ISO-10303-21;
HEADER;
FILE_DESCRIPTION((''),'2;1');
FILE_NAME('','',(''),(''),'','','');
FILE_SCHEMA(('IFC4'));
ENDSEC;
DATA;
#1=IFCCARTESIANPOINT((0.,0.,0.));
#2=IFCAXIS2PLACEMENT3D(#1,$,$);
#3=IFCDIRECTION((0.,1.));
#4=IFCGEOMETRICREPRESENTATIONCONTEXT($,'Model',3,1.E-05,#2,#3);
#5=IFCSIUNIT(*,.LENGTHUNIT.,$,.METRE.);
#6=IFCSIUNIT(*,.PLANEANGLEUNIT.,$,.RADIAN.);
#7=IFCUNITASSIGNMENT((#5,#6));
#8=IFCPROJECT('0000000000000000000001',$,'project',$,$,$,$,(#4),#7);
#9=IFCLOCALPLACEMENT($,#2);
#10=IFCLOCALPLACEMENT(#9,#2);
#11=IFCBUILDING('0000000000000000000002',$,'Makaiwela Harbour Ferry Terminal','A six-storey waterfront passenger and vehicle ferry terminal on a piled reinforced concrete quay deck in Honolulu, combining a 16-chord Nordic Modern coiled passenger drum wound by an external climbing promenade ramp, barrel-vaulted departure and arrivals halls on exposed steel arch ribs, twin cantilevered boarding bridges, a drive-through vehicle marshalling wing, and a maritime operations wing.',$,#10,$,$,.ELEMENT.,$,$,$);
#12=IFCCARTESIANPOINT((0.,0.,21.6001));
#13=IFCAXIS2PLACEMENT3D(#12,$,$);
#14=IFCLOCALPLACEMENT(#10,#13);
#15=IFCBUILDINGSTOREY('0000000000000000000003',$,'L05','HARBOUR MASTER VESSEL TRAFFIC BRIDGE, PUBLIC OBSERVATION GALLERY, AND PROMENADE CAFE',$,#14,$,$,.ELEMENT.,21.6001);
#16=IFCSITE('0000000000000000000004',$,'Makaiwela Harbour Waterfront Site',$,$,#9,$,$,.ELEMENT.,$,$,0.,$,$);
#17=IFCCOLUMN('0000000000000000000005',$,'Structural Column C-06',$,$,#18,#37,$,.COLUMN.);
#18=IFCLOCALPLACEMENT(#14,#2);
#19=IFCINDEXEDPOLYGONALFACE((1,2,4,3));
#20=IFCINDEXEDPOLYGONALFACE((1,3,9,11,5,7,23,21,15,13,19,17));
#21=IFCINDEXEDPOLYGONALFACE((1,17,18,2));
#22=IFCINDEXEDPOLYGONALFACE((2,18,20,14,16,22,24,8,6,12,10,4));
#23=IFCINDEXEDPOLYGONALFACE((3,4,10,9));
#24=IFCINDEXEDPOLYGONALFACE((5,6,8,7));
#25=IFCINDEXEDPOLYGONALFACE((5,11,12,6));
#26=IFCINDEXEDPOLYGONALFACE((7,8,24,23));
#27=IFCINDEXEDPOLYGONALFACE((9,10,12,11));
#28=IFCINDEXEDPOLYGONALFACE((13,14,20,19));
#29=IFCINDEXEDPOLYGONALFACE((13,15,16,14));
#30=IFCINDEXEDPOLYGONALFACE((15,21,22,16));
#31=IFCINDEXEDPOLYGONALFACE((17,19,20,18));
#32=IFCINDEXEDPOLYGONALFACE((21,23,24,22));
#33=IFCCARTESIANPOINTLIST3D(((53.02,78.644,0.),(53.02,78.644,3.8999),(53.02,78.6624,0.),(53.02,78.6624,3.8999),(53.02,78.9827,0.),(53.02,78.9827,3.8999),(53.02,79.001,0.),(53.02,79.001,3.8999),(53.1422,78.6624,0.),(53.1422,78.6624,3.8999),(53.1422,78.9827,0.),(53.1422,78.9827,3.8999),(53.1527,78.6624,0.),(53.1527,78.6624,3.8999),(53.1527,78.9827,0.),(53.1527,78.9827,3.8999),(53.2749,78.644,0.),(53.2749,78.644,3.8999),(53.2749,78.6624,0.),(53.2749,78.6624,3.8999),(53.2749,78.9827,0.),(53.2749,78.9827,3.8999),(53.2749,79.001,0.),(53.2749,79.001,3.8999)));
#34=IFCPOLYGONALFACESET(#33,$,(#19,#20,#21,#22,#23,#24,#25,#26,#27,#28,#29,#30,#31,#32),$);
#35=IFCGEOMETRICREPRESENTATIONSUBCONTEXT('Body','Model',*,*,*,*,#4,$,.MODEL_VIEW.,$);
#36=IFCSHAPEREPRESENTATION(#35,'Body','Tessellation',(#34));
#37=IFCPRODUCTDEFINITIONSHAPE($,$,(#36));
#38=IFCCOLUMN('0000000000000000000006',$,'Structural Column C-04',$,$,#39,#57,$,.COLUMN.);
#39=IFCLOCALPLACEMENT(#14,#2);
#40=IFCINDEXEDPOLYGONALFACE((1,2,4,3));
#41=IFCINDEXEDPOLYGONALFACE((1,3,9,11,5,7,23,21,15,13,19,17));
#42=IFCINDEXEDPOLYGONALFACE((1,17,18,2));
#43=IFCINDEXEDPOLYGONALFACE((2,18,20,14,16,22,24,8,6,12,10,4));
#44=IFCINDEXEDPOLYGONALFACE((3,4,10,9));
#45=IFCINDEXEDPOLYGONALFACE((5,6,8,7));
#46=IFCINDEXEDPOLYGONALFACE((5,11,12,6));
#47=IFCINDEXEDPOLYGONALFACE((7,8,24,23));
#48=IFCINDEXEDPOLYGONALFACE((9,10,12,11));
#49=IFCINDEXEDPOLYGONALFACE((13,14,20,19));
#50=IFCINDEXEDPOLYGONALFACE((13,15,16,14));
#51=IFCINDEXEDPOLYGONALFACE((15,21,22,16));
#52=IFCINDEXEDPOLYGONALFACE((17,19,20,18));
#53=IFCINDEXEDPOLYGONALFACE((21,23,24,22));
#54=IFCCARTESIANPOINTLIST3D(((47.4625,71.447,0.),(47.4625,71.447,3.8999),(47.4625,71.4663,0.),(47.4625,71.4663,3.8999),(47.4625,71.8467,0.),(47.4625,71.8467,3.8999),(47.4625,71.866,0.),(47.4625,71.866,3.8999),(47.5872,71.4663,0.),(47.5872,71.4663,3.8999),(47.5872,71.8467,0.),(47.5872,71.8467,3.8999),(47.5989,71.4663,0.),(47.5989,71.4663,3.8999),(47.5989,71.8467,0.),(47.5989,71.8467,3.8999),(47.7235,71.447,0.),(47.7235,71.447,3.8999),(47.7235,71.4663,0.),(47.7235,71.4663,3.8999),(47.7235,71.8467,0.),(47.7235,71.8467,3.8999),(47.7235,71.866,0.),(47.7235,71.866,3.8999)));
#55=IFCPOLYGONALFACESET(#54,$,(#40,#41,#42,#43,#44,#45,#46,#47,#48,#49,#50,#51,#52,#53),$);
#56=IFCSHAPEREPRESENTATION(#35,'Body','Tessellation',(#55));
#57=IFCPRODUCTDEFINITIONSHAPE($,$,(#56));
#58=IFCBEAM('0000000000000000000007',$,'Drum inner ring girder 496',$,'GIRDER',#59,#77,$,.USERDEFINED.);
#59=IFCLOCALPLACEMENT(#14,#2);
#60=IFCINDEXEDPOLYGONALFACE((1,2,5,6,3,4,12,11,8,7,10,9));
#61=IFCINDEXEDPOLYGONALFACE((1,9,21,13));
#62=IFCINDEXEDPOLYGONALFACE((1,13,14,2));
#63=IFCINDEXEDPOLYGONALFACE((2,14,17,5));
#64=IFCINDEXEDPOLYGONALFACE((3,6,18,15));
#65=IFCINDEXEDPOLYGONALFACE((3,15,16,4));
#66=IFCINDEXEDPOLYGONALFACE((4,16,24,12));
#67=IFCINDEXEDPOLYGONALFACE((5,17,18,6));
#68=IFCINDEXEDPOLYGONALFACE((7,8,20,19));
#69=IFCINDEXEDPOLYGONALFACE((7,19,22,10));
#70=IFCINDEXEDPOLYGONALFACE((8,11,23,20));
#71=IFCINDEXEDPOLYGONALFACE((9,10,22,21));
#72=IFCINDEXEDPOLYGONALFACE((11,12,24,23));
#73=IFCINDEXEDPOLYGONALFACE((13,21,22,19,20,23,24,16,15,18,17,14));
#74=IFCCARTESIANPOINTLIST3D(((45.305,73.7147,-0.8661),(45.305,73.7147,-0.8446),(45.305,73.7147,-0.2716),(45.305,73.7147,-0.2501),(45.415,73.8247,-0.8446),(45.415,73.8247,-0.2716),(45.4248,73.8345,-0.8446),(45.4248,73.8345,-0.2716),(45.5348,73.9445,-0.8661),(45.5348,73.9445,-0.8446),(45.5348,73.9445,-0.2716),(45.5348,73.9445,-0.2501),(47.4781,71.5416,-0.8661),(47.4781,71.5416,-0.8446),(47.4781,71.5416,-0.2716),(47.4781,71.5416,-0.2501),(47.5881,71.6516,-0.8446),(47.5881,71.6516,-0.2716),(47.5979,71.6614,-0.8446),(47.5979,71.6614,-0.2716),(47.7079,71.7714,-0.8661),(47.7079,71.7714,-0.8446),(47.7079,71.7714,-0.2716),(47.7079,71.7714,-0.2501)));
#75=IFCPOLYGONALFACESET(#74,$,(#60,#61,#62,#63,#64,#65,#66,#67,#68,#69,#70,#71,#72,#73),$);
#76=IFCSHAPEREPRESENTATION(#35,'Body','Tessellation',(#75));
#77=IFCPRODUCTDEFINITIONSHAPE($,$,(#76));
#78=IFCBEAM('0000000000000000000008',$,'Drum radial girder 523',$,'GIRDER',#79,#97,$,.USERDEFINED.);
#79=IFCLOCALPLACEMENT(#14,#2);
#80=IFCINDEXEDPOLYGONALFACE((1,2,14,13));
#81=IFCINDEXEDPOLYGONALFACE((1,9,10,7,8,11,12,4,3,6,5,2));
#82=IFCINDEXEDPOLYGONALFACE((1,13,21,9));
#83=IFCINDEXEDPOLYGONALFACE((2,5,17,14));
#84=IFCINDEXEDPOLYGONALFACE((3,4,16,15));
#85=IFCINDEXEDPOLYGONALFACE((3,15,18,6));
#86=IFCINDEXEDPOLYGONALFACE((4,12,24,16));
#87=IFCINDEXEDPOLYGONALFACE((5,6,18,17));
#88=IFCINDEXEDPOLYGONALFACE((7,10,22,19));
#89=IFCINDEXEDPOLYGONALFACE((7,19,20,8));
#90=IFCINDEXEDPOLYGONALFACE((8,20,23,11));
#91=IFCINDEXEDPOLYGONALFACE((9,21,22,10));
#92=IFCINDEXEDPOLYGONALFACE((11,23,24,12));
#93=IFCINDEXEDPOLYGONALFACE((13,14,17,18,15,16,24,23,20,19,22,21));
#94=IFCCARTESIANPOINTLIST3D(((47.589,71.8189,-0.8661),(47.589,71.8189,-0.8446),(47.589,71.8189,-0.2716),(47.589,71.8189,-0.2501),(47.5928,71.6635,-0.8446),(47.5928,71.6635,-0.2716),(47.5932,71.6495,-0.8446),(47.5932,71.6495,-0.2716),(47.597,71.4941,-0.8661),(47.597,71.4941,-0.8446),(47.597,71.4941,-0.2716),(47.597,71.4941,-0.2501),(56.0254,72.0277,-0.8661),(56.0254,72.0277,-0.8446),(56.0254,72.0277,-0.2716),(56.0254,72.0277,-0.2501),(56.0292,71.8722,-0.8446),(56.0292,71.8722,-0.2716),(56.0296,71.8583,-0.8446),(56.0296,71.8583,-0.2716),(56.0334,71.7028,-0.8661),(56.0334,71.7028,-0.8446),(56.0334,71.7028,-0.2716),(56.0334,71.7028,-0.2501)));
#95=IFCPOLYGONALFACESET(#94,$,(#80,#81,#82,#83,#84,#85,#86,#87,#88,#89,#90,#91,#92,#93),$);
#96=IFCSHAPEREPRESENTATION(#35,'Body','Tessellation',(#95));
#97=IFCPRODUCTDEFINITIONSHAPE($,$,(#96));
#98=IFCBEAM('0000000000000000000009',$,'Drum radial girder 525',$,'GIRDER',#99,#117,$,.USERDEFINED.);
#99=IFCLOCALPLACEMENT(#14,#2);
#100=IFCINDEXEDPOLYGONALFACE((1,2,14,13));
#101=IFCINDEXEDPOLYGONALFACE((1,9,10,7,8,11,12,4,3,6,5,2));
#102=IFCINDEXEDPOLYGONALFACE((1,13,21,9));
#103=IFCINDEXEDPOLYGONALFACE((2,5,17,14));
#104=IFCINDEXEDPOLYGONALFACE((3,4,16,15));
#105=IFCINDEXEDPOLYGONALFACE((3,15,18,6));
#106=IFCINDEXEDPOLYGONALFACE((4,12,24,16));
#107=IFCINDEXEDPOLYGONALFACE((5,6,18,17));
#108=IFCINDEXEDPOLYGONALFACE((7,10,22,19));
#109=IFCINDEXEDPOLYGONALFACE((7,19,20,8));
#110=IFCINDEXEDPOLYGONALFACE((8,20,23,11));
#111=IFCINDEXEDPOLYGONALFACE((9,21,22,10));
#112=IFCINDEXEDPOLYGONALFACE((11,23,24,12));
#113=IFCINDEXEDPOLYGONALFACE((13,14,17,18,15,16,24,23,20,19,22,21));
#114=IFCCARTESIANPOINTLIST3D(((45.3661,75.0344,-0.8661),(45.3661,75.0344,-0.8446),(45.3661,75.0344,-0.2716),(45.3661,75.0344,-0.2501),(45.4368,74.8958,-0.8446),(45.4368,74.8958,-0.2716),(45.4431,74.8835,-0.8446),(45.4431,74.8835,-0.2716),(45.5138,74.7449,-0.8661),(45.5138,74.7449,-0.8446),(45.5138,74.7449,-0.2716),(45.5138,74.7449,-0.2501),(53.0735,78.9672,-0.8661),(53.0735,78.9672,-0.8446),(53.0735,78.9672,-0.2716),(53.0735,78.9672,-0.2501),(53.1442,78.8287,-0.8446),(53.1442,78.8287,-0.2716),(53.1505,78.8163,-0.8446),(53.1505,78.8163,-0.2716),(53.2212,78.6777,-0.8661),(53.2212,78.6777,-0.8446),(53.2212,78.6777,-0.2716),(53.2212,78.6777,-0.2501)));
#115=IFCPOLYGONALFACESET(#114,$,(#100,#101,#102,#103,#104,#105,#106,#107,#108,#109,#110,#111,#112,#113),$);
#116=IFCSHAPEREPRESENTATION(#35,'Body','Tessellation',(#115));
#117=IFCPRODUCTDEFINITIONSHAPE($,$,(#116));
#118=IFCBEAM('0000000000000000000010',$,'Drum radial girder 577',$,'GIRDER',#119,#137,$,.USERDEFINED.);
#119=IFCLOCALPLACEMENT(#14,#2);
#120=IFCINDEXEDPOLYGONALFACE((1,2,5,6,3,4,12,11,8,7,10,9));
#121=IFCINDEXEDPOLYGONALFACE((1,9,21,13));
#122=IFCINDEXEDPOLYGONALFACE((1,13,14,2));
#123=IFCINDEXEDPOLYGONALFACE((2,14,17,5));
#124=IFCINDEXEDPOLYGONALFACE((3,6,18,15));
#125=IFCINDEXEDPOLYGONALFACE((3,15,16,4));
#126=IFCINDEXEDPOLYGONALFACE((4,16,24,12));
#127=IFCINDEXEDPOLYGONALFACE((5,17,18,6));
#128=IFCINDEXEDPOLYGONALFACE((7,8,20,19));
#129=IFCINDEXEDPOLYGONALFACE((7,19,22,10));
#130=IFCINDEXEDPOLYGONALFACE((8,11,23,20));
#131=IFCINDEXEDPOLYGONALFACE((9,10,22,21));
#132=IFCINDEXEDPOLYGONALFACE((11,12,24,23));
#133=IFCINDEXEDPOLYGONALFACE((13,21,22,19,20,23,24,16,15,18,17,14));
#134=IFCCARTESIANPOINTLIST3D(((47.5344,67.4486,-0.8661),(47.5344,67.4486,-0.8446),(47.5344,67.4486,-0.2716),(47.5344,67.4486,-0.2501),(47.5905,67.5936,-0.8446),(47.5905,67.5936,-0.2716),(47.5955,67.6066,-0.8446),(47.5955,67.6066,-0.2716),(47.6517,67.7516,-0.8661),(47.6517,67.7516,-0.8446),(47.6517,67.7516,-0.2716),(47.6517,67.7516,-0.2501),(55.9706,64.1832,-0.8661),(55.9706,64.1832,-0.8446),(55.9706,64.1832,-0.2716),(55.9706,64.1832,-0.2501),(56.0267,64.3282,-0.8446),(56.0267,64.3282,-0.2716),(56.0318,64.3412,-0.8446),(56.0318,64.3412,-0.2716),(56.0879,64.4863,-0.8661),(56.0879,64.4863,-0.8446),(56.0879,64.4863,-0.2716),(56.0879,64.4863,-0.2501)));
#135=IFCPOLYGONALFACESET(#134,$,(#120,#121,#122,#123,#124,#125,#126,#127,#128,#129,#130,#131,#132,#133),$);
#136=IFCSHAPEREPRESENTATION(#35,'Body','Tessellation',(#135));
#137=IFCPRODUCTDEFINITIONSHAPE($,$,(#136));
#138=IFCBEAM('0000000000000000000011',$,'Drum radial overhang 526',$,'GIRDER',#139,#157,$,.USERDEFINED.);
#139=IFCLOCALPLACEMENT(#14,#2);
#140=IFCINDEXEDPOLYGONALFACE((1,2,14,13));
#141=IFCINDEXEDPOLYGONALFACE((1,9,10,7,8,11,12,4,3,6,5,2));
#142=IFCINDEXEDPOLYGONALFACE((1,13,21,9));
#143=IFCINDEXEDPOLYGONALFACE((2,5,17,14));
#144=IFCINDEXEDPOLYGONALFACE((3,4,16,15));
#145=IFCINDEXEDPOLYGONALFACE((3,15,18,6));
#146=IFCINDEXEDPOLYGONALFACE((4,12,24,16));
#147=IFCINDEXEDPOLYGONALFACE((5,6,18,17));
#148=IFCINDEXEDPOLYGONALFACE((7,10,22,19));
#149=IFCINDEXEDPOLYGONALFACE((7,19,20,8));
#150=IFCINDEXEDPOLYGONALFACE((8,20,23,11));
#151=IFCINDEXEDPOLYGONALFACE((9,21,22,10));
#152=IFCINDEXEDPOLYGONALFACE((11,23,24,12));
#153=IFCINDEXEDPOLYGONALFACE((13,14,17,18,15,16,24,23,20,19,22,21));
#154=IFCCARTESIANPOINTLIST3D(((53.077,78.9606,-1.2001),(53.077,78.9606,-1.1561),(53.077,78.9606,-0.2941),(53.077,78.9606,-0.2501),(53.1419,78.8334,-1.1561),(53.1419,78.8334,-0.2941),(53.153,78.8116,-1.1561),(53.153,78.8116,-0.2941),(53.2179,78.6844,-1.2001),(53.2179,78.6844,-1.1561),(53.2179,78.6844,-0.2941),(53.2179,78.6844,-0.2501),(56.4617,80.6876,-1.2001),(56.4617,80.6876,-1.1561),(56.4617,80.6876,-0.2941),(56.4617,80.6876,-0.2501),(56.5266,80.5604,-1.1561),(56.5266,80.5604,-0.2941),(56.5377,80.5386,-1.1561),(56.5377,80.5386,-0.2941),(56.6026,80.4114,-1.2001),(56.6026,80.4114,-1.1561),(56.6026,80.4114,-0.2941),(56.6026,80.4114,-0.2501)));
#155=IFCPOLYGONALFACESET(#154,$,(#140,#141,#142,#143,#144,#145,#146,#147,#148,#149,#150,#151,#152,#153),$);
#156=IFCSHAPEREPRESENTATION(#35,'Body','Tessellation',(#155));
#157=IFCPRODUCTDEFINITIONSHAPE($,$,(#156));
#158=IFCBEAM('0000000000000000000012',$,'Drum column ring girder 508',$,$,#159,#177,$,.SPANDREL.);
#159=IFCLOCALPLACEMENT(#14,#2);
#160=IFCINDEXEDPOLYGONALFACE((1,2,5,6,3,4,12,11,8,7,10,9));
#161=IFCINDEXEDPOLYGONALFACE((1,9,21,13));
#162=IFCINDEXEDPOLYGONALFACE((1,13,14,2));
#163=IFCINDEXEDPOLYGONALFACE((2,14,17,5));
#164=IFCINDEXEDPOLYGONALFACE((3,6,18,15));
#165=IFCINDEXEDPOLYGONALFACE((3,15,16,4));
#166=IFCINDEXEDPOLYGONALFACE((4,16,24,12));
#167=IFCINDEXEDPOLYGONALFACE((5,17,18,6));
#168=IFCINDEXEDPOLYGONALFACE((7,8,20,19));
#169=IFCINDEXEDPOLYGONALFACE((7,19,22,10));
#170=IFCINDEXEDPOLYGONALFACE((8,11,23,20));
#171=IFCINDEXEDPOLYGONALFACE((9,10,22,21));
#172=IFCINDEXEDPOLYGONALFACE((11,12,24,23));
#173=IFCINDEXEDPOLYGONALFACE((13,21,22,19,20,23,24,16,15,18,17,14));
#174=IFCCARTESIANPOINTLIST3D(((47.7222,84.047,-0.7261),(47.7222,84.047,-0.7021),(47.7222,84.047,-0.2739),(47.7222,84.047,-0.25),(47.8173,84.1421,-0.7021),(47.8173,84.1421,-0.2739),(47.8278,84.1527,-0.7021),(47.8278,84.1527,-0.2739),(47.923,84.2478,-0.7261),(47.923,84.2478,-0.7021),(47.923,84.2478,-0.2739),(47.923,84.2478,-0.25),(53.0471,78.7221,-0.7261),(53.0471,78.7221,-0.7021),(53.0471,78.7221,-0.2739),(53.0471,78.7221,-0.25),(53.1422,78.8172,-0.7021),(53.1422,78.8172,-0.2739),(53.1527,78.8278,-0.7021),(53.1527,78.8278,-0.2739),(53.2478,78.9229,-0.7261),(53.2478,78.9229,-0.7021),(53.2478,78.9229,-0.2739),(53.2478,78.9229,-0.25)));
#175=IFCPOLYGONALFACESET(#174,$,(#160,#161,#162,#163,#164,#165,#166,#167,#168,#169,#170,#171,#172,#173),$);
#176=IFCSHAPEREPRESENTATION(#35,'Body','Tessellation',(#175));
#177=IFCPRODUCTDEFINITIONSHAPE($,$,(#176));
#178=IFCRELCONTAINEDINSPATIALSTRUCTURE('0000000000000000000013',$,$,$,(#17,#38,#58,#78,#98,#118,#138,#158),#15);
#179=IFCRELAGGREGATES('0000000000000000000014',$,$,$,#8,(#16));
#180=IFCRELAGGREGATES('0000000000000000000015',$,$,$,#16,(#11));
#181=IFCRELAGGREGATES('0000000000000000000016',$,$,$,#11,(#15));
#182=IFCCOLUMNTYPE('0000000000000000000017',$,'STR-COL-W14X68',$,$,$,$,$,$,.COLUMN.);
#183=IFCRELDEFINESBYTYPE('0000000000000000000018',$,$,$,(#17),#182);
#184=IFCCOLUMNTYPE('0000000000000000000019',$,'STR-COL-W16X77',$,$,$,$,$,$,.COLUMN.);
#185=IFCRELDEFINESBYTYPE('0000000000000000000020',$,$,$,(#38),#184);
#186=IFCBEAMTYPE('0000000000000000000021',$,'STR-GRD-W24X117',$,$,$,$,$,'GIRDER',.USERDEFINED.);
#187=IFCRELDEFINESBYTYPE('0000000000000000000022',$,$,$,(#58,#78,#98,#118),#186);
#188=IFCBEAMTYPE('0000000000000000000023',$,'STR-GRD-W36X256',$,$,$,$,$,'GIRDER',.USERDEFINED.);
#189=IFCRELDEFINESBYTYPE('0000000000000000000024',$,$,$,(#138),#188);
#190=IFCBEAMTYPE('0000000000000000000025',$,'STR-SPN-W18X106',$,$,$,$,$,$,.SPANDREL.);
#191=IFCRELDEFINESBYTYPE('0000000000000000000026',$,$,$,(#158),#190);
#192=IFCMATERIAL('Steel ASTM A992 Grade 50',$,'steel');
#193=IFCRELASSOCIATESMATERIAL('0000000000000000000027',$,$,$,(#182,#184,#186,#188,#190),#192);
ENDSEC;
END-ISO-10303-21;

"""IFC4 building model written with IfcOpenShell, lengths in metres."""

from ifc_helpers import new_model, si_unit, direction, frame, origin, origin_2d, place, context, subcontext, project, spatial, i_section, extrude, material, material_profile, profile_set, type_object, element, save


model = new_model("IFC4")

# Units and contexts
model_context = context("Model", 3, precision=1e-05, world=origin(), true_north=direction((0.0, 1.0)))
body_context = subcontext(model_context, "Body", "Model", "MODEL_VIEW")
ifc_project = project(units=[si_unit("LENGTHUNIT", "METRE"), si_unit("PLANEANGLEUNIT", "RADIAN")], contexts=[model_context])

# Site, building, storey
site_placement = place(None, origin())
site = spatial("IfcSite", under=ifc_project, at=site_placement, Name="Makaiwela Harbour Waterfront Site", CompositionType="ELEMENT", RefElevation=0.0)
building_placement = place(site_placement, origin())
building = spatial("IfcBuilding", under=site, at=building_placement, Name="Makaiwela Harbour Ferry Terminal", Description="A six-storey waterfront passenger and vehicle ferry terminal on a piled reinforced concrete quay deck in Honolulu, combining a 16-chord Nordic Modern coiled passenger drum wound by an external climbing promenade ramp, barrel-vaulted departure and arrivals halls on exposed steel arch ribs, twin cantilevered boarding bridges, a drive-through vehicle marshalling wing, and a maritime operations wing.", CompositionType="ELEMENT")
storey_placement = place(building_placement, frame((0.0, 0.0, 21.6001)))
storey = spatial("IfcBuildingStorey", under=building, at=storey_placement, Name="L05", Description="HARBOUR MASTER VESSEL TRAFFIC BRIDGE, PUBLIC OBSERVATION GALLERY, AND PROMENADE CAFE", CompositionType="ELEMENT", Elevation=21.6001)

# Columns
ifc_material_1 = material(Name="Steel ASTM A992 Grade 50", Category="steel")
ifc_material_profile_1 = material_profile(ifc_material_1, i_section(OverallWidth=0.2549, OverallDepth=0.3569, WebThickness=0.0105, FlangeThickness=0.0183, at=origin_2d()), Name="W14X68")
ifc_profile_set_1 = profile_set([ifc_material_profile_1], Name="Steel ASTM A992 Grade 50")
column_type_1 = type_object("IfcColumnType", Name="STR-COL-W14X68", PredefinedType="COLUMN", material=ifc_profile_set_1)
column_1_placement = place(storey_placement, frame((53.1475, 78.8225, 0.0), z_axis=(0.0, 0.0, 1.0), x_axis=(1.0, 0.0, 0.0)))
element("IfcColumn", 1, at=column_1_placement, inside=storey, type_object=column_type_1, Name="Structural Column C-06", PredefinedType="COLUMN", context=body_context, shape_type="SweptSolid", body=[
    extrude(i_section(OverallWidth=0.2549, OverallDepth=0.3569, WebThickness=0.0105, FlangeThickness=0.0183, at=origin_2d()), origin(), (0.0, 0.0, 1.0), 3.8999),
])
ifc_material_profile_2 = material_profile(ifc_material_1, i_section(OverallWidth=0.261, OverallDepth=0.4189, WebThickness=0.0117, FlangeThickness=0.0193, at=origin_2d()), Name="W16X77")
ifc_profile_set_2 = profile_set([ifc_material_profile_2], Name="Steel ASTM A992 Grade 50")
column_type_2 = type_object("IfcColumnType", Name="STR-COL-W16X77", PredefinedType="COLUMN", material=ifc_profile_set_2)
column_2_placement = place(storey_placement, frame((47.593, 71.6565, 0.0), z_axis=(0.0, 0.0, 1.0), x_axis=(1.0, 0.0, 0.0)))
element("IfcColumn", 2, at=column_2_placement, inside=storey, type_object=column_type_2, Name="Structural Column C-04", PredefinedType="COLUMN", context=body_context, shape_type="SweptSolid", body=[
    extrude(i_section(OverallWidth=0.261, OverallDepth=0.4189, WebThickness=0.0117, FlangeThickness=0.0193, at=origin_2d()), origin(), (0.0, 0.0, 1.0), 3.8999),
])

# Beams
ifc_material_profile_3 = material_profile(ifc_material_1, i_section(OverallWidth=0.325, OverallDepth=0.616, WebThickness=0.0139, FlangeThickness=0.0215, at=origin_2d()), Name="W24X117")
ifc_profile_set_3 = profile_set([ifc_material_profile_3], Name="Steel ASTM A992 Grade 50")
beam_type_1 = type_object("IfcBeamType", Name="STR-GRD-W24X117", ElementType="GIRDER", PredefinedType="USERDEFINED", material=ifc_profile_set_3)
beam_1_placement = place(storey_placement, frame((47.593, 71.6565, -0.5581), z_axis=(-0.707107, 0.707107, 0.0), x_axis=(-0.707107, -0.707107, 0.0)))
element("IfcBeam", 3, at=beam_1_placement, inside=storey, type_object=beam_type_1, Name="Drum inner ring girder 496", ObjectType="GIRDER", PredefinedType="USERDEFINED", context=body_context, shape_type="SweptSolid", body=[
    extrude(i_section(OverallWidth=0.325, OverallDepth=0.616, WebThickness=0.0139, FlangeThickness=0.0215, at=origin_2d()), origin(), (0.0, 0.0, 1.0), 3.0732),
])
beam_2_placement = place(storey_placement, frame((47.593, 71.6565, -0.5581), z_axis=(0.999694, 0.024736, 0.0), x_axis=(-0.024736, 0.999694, 0.0)))
element("IfcBeam", 4, at=beam_2_placement, inside=storey, type_object=beam_type_1, Name="Drum radial girder 523", ObjectType="GIRDER", PredefinedType="USERDEFINED", context=body_context, shape_type="SweptSolid", body=[
    extrude(i_section(OverallWidth=0.325, OverallDepth=0.616, WebThickness=0.0139, FlangeThickness=0.0215, at=origin_2d()), origin(), (0.0, 0.0, 1.0), 8.439),
])
beam_3_placement = place(storey_placement, frame((45.4399, 74.8896, -0.5581), z_axis=(0.890741, 0.454512, 0.0), x_axis=(-0.454512, 0.890741, 0.0)))
element("IfcBeam", 5, at=beam_3_placement, inside=storey, type_object=beam_type_1, Name="Drum radial girder 525", ObjectType="GIRDER", PredefinedType="USERDEFINED", context=body_context, shape_type="SweptSolid", body=[
    extrude(i_section(OverallWidth=0.325, OverallDepth=0.616, WebThickness=0.0139, FlangeThickness=0.0215, at=origin_2d()), origin(), (0.0, 0.0, 1.0), 8.6528),
])
beam_4_placement = place(storey_placement, frame((47.593, 67.6001, -0.5581), z_axis=(0.932578, -0.360968, 0.0), x_axis=(0.360968, 0.932578, 0.0)))
element("IfcBeam", 6, at=beam_4_placement, inside=storey, type_object=beam_type_1, Name="Drum radial girder 577", ObjectType="GIRDER", PredefinedType="USERDEFINED", context=body_context, shape_type="SweptSolid", body=[
    extrude(i_section(OverallWidth=0.325, OverallDepth=0.616, WebThickness=0.0139, FlangeThickness=0.0215, at=origin_2d()), origin(), (0.0, 0.0, 1.0), 9.0461),
])
ifc_material_profile_4 = material_profile(ifc_material_1, i_section(OverallWidth=0.3101, OverallDepth=0.95, WebThickness=0.0244, FlangeThickness=0.0439, at=origin_2d()), Name="W36X256")
ifc_profile_set_4 = profile_set([ifc_material_profile_4], Name="Steel ASTM A992 Grade 50")
beam_type_2 = type_object("IfcBeamType", Name="STR-GRD-W36X256", ElementType="GIRDER", PredefinedType="USERDEFINED", material=ifc_profile_set_4)
beam_5_placement = place(storey_placement, frame((53.1475, 78.8225, -0.7251), z_axis=(0.890748, 0.454497, 0.0), x_axis=(-0.454497, 0.890748, 0.0)))
element("IfcBeam", 7, at=beam_5_placement, inside=storey, type_object=beam_type_2, Name="Drum radial overhang 526", ObjectType="GIRDER", PredefinedType="USERDEFINED", context=body_context, shape_type="SweptSolid", body=[
    extrude(i_section(OverallWidth=0.3101, OverallDepth=0.95, WebThickness=0.0244, FlangeThickness=0.0439, at=origin_2d()), origin(), (0.0, 0.0, 1.0), 3.7998),
])
ifc_material_profile_5 = material_profile(ifc_material_1, i_section(OverallWidth=0.2839, OverallDepth=0.4761, WebThickness=0.0149, FlangeThickness=0.0239, at=origin_2d()), Name="W18X106")
ifc_profile_set_5 = profile_set([ifc_material_profile_5], Name="Steel ASTM A992 Grade 50")
beam_type_3 = type_object("IfcBeamType", Name="STR-SPN-W18X106", PredefinedType="SPANDREL", material=ifc_profile_set_5)
beam_6_placement = place(storey_placement, frame((53.1475, 78.8225, -0.488), z_axis=(-0.707107, 0.707107, 0.0), x_axis=(-0.707107, -0.707107, 0.0)))
element("IfcBeam", 8, at=beam_6_placement, inside=storey, type_object=beam_type_3, Name="Drum column ring girder 508", PredefinedType="SPANDREL", context=body_context, shape_type="SweptSolid", body=[
    extrude(i_section(OverallWidth=0.2839, OverallDepth=0.4761, WebThickness=0.0149, FlangeThickness=0.0239, at=origin_2d()), origin(), (0.0, 0.0, 1.0), 7.5305),
])

save(model, "model.ifc")
